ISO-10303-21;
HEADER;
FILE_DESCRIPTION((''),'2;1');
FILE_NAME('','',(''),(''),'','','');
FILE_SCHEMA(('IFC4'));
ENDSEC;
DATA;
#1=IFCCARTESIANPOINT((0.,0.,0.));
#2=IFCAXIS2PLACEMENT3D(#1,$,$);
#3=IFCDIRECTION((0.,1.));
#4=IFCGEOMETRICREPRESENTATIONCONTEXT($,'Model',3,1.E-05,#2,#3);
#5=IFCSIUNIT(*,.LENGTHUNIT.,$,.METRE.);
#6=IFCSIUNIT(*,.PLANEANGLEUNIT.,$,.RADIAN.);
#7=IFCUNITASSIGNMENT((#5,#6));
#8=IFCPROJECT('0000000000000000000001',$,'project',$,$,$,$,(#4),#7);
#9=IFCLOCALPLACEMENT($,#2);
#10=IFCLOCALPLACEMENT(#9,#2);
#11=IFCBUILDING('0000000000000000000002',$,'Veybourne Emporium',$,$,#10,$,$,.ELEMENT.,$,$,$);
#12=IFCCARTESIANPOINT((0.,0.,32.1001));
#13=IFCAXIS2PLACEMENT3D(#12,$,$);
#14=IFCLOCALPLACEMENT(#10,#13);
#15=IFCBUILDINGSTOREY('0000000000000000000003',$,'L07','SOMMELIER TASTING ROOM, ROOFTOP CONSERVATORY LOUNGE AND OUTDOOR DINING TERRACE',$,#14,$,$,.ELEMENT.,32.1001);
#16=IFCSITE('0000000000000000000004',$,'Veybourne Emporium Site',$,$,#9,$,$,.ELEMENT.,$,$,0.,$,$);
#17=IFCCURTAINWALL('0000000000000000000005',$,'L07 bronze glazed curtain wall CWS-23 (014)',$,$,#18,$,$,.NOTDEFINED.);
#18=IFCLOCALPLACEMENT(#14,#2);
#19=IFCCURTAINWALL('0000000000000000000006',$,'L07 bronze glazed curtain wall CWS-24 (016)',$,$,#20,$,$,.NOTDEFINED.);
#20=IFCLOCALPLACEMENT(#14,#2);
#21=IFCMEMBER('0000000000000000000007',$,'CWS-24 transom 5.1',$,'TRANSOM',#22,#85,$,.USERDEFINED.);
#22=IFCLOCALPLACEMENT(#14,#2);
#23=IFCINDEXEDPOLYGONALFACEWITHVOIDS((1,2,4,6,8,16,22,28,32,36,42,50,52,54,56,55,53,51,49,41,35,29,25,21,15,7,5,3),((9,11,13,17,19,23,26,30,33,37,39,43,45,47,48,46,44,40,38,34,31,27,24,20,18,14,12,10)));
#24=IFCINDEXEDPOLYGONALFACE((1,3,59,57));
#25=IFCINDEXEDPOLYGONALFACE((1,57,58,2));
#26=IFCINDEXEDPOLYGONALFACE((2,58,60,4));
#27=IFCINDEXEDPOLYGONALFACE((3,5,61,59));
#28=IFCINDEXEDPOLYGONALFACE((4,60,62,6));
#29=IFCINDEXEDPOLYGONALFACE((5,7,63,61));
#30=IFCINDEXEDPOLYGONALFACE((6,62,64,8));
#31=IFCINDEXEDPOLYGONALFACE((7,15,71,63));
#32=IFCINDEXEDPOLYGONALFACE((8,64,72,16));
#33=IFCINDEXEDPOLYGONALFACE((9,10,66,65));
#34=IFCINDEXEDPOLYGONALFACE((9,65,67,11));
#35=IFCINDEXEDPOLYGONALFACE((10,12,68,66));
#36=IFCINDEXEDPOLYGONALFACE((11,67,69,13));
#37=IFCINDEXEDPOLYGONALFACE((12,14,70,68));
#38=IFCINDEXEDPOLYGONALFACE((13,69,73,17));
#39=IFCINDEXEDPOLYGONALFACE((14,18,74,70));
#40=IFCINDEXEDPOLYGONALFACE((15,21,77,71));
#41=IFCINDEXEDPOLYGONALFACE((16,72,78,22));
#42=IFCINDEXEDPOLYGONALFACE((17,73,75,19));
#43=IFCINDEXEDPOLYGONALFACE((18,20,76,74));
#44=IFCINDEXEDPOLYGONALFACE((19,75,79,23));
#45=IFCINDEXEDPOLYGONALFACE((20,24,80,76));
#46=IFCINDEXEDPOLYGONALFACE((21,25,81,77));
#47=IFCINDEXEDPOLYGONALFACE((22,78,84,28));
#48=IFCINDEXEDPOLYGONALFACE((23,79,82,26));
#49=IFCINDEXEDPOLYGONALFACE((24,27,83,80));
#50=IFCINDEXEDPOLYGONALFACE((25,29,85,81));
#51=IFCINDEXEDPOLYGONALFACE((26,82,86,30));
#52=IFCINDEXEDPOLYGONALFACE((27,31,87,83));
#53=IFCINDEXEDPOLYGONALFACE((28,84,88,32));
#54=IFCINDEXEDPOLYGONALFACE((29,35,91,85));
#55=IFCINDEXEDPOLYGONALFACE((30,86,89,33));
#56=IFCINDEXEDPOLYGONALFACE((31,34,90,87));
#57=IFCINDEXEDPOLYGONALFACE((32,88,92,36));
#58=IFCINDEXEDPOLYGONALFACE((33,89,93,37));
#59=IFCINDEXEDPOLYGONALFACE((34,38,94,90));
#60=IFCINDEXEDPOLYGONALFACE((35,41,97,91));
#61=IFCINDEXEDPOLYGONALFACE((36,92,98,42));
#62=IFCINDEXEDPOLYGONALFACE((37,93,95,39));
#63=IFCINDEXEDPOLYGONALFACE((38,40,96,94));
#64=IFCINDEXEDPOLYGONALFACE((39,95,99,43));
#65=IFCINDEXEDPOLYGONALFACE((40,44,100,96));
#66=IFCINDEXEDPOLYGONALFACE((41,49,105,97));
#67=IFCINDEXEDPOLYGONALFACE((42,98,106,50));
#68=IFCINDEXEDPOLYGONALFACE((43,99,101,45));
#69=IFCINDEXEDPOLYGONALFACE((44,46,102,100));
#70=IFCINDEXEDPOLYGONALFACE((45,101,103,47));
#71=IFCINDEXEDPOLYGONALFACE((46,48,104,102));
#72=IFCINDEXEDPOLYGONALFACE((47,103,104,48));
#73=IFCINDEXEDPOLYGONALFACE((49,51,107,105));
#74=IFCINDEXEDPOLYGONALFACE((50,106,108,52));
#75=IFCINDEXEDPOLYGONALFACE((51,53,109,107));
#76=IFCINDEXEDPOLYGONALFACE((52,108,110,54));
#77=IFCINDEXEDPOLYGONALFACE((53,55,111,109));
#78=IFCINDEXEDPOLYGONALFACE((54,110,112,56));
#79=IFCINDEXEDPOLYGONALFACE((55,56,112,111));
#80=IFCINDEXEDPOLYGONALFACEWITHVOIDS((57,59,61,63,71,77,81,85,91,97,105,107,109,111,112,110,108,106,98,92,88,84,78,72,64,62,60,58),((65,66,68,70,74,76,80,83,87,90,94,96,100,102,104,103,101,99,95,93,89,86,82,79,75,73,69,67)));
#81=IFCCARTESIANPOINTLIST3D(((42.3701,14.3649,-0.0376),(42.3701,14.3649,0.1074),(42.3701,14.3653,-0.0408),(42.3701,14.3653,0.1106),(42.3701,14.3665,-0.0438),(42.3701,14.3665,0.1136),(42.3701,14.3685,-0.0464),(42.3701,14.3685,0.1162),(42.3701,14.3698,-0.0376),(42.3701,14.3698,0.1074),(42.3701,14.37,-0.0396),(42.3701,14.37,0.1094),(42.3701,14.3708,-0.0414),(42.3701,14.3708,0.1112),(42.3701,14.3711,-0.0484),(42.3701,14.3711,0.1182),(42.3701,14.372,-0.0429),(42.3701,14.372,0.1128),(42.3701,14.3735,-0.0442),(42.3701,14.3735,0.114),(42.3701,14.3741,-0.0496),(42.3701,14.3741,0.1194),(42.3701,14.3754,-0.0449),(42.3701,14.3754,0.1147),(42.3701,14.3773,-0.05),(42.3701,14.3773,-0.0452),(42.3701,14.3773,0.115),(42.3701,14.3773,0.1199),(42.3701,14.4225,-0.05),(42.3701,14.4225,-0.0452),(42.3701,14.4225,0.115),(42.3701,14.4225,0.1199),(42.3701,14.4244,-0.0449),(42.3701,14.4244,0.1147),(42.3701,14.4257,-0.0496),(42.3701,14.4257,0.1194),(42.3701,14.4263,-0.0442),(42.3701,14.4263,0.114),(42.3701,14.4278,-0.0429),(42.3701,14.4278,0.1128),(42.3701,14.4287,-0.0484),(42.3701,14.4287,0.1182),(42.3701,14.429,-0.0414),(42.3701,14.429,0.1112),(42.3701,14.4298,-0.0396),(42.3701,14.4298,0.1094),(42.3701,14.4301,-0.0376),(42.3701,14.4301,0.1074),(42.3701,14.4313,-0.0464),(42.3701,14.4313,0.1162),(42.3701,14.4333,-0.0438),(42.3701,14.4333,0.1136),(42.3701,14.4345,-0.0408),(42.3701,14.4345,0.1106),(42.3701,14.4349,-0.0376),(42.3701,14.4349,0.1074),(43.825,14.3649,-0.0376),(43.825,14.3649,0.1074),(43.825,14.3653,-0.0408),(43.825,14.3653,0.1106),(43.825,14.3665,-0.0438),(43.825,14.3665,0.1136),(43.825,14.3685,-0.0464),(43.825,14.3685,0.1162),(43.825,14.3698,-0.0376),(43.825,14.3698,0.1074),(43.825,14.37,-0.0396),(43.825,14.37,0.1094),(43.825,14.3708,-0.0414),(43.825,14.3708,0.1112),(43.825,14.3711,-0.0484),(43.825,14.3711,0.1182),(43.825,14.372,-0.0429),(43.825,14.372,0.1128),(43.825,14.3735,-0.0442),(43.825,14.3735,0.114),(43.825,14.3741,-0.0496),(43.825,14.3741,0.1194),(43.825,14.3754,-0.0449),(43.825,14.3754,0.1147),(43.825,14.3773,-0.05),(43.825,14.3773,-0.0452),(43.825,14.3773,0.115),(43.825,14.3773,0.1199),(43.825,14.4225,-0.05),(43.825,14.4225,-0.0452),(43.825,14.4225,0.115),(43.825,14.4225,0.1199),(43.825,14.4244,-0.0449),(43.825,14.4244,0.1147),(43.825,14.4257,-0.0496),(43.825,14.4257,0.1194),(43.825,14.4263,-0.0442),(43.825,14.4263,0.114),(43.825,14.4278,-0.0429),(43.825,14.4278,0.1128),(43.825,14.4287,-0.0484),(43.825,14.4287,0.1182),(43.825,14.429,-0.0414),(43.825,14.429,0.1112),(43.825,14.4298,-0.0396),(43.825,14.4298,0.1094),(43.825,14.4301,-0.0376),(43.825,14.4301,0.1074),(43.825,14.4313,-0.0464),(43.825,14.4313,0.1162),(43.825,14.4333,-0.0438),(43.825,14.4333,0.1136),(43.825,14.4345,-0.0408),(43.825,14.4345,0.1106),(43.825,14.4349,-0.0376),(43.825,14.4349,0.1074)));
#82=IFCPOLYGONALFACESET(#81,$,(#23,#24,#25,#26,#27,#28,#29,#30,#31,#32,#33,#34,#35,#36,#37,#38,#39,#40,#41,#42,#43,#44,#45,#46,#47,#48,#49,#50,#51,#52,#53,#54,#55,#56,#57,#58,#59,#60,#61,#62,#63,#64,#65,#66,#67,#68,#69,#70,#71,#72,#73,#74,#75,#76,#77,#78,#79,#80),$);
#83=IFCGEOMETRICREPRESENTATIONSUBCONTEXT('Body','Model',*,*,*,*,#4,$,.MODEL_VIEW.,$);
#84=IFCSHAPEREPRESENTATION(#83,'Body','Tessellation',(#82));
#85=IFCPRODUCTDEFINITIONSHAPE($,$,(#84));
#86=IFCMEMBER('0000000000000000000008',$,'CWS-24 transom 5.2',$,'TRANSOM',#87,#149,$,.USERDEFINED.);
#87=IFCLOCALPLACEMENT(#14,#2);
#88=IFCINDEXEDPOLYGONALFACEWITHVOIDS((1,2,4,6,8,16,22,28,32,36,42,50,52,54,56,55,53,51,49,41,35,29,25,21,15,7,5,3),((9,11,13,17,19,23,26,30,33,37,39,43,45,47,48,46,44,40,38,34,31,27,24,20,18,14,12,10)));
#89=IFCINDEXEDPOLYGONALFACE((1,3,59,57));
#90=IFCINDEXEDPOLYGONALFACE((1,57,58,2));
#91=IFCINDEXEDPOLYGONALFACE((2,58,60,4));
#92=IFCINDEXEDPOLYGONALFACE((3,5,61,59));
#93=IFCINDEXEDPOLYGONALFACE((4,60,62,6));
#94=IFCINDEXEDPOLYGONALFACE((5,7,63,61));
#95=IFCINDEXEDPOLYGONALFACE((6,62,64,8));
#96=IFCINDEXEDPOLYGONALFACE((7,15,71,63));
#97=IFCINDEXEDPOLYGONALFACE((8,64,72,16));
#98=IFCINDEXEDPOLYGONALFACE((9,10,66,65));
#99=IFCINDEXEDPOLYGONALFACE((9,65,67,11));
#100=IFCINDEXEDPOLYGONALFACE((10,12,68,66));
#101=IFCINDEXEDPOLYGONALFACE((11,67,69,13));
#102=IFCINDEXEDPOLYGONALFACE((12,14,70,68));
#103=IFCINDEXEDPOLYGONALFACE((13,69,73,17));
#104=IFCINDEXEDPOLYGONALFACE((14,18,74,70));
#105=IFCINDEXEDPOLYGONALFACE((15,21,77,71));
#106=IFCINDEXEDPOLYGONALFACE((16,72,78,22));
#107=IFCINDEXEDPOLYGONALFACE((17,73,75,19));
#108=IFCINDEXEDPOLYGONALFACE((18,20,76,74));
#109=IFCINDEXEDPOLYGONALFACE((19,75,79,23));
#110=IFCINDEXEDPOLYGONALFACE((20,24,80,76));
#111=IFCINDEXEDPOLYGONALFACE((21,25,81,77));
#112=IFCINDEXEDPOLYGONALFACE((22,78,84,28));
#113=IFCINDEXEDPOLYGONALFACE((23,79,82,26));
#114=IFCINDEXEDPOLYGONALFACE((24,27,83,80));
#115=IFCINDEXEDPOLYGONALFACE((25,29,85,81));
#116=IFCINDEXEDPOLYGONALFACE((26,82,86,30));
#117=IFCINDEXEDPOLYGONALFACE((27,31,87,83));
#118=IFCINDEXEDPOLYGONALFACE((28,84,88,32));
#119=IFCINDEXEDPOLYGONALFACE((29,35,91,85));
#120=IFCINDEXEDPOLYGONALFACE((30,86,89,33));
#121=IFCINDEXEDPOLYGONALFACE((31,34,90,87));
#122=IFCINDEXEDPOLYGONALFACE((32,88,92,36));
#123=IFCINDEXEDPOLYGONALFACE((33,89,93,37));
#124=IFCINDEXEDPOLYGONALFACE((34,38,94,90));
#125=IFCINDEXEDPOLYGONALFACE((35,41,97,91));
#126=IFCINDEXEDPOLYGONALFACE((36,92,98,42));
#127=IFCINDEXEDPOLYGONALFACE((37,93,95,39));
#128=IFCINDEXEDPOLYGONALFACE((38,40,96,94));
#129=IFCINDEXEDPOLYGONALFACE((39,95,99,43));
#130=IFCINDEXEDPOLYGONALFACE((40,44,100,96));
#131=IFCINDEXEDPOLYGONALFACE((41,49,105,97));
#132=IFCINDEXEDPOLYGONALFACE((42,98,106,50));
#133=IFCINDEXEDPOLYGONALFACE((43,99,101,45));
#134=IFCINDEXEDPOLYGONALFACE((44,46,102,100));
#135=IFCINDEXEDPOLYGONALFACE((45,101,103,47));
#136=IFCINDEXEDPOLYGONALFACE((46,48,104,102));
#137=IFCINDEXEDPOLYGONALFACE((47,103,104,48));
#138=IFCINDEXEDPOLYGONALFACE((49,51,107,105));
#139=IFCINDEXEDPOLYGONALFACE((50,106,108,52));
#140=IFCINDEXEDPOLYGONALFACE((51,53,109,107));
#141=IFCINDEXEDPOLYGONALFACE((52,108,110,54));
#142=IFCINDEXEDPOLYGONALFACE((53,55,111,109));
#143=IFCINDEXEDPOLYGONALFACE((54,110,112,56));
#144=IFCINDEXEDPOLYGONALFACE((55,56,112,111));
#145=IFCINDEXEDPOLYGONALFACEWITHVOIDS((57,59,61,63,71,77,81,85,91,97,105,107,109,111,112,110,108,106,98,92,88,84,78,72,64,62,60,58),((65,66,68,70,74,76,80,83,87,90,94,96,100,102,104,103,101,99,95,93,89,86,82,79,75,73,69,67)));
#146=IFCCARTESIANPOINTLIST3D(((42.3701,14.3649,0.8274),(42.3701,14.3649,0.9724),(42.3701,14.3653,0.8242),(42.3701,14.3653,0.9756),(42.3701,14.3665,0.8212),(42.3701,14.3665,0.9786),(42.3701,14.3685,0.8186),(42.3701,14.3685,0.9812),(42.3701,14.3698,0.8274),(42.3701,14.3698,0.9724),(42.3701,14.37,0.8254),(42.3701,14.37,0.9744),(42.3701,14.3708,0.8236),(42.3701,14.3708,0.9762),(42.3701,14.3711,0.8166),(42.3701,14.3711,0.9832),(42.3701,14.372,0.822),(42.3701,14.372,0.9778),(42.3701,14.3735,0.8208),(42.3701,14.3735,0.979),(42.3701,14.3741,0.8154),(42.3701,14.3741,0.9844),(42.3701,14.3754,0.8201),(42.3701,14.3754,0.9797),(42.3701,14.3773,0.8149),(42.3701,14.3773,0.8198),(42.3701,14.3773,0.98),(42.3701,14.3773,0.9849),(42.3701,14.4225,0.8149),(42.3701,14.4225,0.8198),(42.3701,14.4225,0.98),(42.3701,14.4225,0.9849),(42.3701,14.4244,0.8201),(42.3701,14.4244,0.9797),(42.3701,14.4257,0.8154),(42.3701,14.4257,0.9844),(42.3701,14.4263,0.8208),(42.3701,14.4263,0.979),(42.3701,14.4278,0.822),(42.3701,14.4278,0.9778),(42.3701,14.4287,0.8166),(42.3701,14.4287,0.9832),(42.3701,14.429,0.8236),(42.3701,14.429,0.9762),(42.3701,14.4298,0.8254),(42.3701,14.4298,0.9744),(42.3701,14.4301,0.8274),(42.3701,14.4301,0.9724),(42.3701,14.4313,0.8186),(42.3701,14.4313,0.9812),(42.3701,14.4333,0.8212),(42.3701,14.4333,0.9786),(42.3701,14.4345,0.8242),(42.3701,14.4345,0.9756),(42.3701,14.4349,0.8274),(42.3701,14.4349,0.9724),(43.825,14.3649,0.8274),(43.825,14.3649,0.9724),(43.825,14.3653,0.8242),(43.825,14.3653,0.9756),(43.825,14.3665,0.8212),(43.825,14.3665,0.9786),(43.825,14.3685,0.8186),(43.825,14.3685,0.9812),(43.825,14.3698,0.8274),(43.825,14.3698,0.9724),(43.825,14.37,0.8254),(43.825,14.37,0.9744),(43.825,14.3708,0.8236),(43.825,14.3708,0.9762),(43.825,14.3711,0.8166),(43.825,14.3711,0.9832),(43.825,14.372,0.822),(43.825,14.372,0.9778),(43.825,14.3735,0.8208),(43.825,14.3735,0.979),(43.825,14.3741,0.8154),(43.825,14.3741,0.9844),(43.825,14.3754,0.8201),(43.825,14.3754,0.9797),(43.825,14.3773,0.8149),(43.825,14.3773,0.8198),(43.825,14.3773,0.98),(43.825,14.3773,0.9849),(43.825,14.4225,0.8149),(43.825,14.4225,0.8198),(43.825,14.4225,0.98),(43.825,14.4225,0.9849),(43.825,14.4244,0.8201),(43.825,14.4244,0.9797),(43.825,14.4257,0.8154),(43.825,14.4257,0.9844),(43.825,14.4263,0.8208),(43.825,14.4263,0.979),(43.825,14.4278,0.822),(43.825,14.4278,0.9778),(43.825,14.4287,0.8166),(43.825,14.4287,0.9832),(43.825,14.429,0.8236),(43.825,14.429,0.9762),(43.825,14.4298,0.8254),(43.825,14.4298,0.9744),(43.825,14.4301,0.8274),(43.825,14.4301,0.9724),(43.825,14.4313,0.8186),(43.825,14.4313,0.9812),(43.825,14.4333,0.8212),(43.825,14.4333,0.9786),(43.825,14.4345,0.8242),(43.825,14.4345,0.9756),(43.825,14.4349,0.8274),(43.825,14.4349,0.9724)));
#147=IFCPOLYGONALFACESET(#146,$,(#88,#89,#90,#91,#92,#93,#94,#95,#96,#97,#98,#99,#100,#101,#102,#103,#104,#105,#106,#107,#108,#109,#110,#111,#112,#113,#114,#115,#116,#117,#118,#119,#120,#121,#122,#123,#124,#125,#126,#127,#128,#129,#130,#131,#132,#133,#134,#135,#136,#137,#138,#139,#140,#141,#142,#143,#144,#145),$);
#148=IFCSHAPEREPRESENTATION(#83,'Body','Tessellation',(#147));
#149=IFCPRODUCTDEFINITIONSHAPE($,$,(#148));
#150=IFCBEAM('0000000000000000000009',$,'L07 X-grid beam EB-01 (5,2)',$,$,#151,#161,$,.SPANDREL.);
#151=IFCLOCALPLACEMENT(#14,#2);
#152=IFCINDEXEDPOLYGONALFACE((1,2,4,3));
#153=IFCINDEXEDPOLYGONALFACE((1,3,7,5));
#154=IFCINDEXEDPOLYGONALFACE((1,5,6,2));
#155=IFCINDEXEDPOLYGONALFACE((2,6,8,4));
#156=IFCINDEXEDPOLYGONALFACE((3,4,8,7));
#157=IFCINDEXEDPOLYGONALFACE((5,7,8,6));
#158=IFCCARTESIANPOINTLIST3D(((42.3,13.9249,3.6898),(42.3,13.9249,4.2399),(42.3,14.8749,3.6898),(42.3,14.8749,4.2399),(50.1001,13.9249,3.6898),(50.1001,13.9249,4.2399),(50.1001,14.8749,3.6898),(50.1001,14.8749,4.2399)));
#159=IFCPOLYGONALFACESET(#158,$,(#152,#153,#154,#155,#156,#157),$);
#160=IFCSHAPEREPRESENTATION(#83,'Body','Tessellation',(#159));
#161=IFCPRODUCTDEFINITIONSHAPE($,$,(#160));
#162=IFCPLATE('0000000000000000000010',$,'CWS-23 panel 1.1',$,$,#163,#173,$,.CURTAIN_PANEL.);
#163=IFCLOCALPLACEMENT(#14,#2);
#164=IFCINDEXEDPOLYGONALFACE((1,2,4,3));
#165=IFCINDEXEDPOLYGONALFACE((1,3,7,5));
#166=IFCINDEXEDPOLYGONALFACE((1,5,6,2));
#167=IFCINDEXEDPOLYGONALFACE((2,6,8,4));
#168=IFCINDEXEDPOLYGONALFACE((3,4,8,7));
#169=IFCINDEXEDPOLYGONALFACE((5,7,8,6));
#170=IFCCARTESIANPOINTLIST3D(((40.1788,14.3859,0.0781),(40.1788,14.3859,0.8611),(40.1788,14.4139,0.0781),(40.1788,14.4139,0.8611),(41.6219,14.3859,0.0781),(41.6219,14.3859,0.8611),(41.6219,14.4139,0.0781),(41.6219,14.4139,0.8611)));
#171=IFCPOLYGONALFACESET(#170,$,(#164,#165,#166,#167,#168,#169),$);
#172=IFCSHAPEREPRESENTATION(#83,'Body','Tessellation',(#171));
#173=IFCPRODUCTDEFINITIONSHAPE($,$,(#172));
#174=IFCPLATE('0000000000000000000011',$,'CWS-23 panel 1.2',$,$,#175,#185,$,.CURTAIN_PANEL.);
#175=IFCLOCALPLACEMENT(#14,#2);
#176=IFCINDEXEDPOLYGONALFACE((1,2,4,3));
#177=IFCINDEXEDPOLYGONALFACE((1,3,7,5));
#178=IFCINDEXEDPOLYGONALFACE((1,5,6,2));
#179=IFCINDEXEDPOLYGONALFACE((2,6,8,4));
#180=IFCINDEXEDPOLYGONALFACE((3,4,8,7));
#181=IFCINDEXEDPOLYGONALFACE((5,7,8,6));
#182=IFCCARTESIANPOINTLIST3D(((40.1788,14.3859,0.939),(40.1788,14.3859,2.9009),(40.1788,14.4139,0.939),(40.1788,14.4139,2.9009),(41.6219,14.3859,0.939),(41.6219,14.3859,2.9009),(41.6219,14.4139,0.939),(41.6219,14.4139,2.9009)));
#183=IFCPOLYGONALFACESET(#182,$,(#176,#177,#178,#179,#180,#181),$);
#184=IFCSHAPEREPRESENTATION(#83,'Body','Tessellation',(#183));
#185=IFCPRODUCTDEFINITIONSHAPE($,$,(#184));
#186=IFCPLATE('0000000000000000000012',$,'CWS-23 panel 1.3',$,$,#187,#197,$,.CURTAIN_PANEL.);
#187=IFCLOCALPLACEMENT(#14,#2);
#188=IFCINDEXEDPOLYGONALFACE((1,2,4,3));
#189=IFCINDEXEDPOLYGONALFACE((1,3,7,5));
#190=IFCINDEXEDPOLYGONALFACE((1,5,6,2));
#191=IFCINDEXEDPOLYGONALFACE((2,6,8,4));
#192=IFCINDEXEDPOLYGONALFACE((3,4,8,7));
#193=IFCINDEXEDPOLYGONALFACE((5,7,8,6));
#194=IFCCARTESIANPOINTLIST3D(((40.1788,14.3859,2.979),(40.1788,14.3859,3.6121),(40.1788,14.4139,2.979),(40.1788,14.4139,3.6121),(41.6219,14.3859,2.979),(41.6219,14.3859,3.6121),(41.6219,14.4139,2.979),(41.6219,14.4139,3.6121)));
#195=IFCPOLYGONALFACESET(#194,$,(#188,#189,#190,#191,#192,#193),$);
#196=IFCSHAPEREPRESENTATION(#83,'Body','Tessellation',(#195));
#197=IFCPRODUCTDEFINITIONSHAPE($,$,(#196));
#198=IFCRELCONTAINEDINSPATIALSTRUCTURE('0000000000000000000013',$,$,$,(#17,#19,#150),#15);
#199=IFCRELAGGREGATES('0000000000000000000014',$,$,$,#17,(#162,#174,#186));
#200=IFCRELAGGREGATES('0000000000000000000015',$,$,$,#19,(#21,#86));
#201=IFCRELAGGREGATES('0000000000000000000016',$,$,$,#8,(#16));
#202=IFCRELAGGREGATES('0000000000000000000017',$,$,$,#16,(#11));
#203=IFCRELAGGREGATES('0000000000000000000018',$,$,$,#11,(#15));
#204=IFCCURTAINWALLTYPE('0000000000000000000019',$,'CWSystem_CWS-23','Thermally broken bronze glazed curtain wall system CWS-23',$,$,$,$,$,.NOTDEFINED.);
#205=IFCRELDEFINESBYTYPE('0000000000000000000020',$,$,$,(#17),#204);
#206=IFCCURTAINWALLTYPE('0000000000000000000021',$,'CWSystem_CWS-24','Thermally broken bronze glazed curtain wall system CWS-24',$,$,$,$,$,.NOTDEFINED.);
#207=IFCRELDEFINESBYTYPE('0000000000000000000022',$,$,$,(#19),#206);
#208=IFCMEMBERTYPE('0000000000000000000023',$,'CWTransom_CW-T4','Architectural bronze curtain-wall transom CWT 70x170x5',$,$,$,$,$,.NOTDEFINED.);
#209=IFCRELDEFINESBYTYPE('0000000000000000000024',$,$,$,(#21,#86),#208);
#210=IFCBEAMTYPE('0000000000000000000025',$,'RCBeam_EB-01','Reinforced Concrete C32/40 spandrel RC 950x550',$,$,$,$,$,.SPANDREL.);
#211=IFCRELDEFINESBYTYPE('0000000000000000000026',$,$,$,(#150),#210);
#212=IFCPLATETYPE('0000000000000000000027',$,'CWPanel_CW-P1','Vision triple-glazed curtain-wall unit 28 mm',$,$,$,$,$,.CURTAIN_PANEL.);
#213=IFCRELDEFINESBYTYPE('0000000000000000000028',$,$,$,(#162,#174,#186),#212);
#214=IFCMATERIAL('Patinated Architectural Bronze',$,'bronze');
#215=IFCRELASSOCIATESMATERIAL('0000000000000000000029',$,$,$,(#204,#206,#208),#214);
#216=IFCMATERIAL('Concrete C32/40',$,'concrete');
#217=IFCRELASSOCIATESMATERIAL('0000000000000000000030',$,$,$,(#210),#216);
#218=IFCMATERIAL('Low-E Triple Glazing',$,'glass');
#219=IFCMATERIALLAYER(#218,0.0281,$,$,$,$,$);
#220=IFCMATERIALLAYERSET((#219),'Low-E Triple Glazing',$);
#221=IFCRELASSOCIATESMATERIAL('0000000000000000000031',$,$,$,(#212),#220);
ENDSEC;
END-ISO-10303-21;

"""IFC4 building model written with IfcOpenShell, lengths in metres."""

from ifc_helpers import new_model, si_unit, direction, frame, origin, origin_2d, place, context, subcontext, project, spatial, rectangle, hollow_rectangle, extrude, material, layer, layer_set, material_profile, profile_set, type_object, element, aggregate, save


model = new_model("IFC4")

# Units and contexts
model_context = context("Model", 3, precision=1e-05, world=origin(), true_north=direction((0.0, 1.0)))
body_context = subcontext(model_context, "Body", "Model", "MODEL_VIEW")
ifc_project = project(units=[si_unit("LENGTHUNIT", "METRE"), si_unit("PLANEANGLEUNIT", "RADIAN")], contexts=[model_context])

# Site, building, storey
site_placement = place(None, origin())
site = spatial("IfcSite", under=ifc_project, at=site_placement, Name="Veybourne Emporium Site", CompositionType="ELEMENT", RefElevation=0.0)
building_placement = place(site_placement, origin())
building = spatial("IfcBuilding", under=site, at=building_placement, Name="Veybourne Emporium", CompositionType="ELEMENT")
storey_placement = place(building_placement, frame((0.0, 0.0, 32.1001)))
storey = spatial("IfcBuildingStorey", under=building, at=storey_placement, Name="L07", Description="SOMMELIER TASTING ROOM, ROOFTOP CONSERVATORY LOUNGE AND OUTDOOR DINING TERRACE", CompositionType="ELEMENT", Elevation=32.1001)

# Curtain wall
ifc_material_1 = material(Name="Patinated Architectural Bronze", Category="bronze")
curtain_wall_type_1 = type_object("IfcCurtainWallType", Name="CWSystem_CWS-23", Description="Thermally broken bronze glazed curtain wall system CWS-23", PredefinedType="NOTDEFINED", material=ifc_material_1)
curtain_wall_1_placement = place(storey_placement, origin())
curtain_wall_1 = element("IfcCurtainWall", 1, at=curtain_wall_1_placement, inside=storey, type_object=curtain_wall_type_1, Name="L07 bronze glazed curtain wall CWS-23 (014)", PredefinedType="NOTDEFINED")

# Curtain wall
curtain_wall_type_2 = type_object("IfcCurtainWallType", Name="CWSystem_CWS-24", Description="Thermally broken bronze glazed curtain wall system CWS-24", PredefinedType="NOTDEFINED", material=ifc_material_1)
curtain_wall_2_placement = place(storey_placement, origin())
curtain_wall_2 = element("IfcCurtainWall", 2, at=curtain_wall_2_placement, inside=storey, type_object=curtain_wall_type_2, Name="L07 bronze glazed curtain wall CWS-24 (016)", PredefinedType="NOTDEFINED")

# Members
ifc_material_profile_1 = material_profile(ifc_material_1, hollow_rectangle(XDim=0.0701, YDim=0.1699, WallThickness=0.0049, InnerFilletRadius=0.0076, OuterFilletRadius=0.0125, at=origin_2d()), Name="CWT 70x170x5")
ifc_profile_set_1 = profile_set([ifc_material_profile_1], Name="Patinated Architectural Bronze")
member_type_1 = type_object("IfcMemberType", Name="CWTransom_CW-T4", Description="Architectural bronze curtain-wall transom CWT 70x170x5", PredefinedType="NOTDEFINED", material=ifc_profile_set_1)
member_1_placement = place(storey_placement, frame((43.825, 14.3999, 0.0349), z_axis=(-1.0, 0.0, 0.0), x_axis=(0.0, -1.0, 0.0)))
member_1 = element("IfcMember", 3, at=member_1_placement, type_object=member_type_1, Name="CWS-24 transom 5.1", ObjectType="TRANSOM", PredefinedType="USERDEFINED", context=body_context, shape_type="SweptSolid", body=[
    extrude(hollow_rectangle(XDim=0.0701, YDim=0.1699, WallThickness=0.0049, InnerFilletRadius=0.0076, OuterFilletRadius=0.0125, at=origin_2d()), origin(), (0.0, 0.0, 1.0), 1.4548),
])
member_2_placement = place(storey_placement, frame((43.825, 14.3999, 0.8999), z_axis=(-1.0, 0.0, 0.0), x_axis=(0.0, -1.0, 0.0)))
member_2 = element("IfcMember", 4, at=member_2_placement, type_object=member_type_1, Name="CWS-24 transom 5.2", ObjectType="TRANSOM", PredefinedType="USERDEFINED", context=body_context, shape_type="SweptSolid", body=[
    extrude(hollow_rectangle(XDim=0.0701, YDim=0.1699, WallThickness=0.0049, InnerFilletRadius=0.0076, OuterFilletRadius=0.0125, at=origin_2d()), origin(), (0.0, 0.0, 1.0), 1.4548),
])

# Beam
ifc_material_2 = material(Name="Concrete C32/40", Category="concrete")
ifc_material_profile_2 = material_profile(ifc_material_2, rectangle(XDim=0.95, YDim=0.55, at=origin_2d()), Name="RC 950x550")
ifc_profile_set_2 = profile_set([ifc_material_profile_2], Name="Concrete C32/40")
beam_type = type_object("IfcBeamType", Name="RCBeam_EB-01", Description="Reinforced Concrete C32/40 spandrel RC 950x550", PredefinedType="SPANDREL", material=ifc_profile_set_2)
beam_placement = place(storey_placement, frame((42.3, 14.3999, 3.9648), z_axis=(1.0, 0.0, 0.0), x_axis=(0.0, 1.0, 0.0)))
element("IfcBeam", 5, at=beam_placement, inside=storey, type_object=beam_type, Name="L07 X-grid beam EB-01 (5,2)", PredefinedType="SPANDREL", context=body_context, shape_type="SweptSolid", body=[
    extrude(rectangle(XDim=0.95, YDim=0.55, at=origin_2d()), origin(), (0.0, 0.0, 1.0), 7.8),
])

# Plates
ifc_material_3 = material(Name="Low-E Triple Glazing", Category="glass")
ifc_layer_1 = layer(ifc_material_3, 0.0281)
ifc_layer_set_1 = layer_set([ifc_layer_1], Name="Low-E Triple Glazing")
plate_type = type_object("IfcPlateType", Name="CWPanel_CW-P1", Description="Vision triple-glazed curtain-wall unit 28 mm", PredefinedType="CURTAIN_PANEL", material=ifc_layer_set_1)
plate_1_placement = place(storey_placement, frame((40.9004, 14.3999, 0.0781), z_axis=(0.0, 0.0, 1.0), x_axis=(-1.0, 0.0, 0.0)))
plate_1 = element("IfcPlate", 6, at=plate_1_placement, type_object=plate_type, Name="CWS-23 panel 1.1", PredefinedType="CURTAIN_PANEL", context=body_context, shape_type="SweptSolid", body=[
    extrude(rectangle(XDim=1.4431, YDim=0.0281, at=origin_2d()), origin(), (0.0, 0.0, 1.0), 0.783),
])
plate_2_placement = place(storey_placement, frame((40.9004, 14.3999, 0.939), z_axis=(0.0, 0.0, 1.0), x_axis=(-1.0, 0.0, 0.0)))
plate_2 = element("IfcPlate", 7, at=plate_2_placement, type_object=plate_type, Name="CWS-23 panel 1.2", PredefinedType="CURTAIN_PANEL", context=body_context, shape_type="SweptSolid", body=[
    extrude(rectangle(XDim=1.4431, YDim=0.0281, at=origin_2d()), origin(), (0.0, 0.0, 1.0), 1.9619),
])
plate_3_placement = place(storey_placement, frame((40.9004, 14.3999, 2.979), z_axis=(0.0, 0.0, 1.0), x_axis=(-1.0, 0.0, 0.0)))
plate_3 = element("IfcPlate", 8, at=plate_3_placement, type_object=plate_type, Name="CWS-23 panel 1.3", PredefinedType="CURTAIN_PANEL", context=body_context, shape_type="SweptSolid", body=[
    extrude(rectangle(XDim=1.4431, YDim=0.0281, at=origin_2d()), origin(), (0.0, 0.0, 1.0), 0.6331),
])
aggregate(curtain_wall_1, [plate_1, plate_2, plate_3])
aggregate(curtain_wall_2, [member_1, member_2])

save(model, "model.ifc")
